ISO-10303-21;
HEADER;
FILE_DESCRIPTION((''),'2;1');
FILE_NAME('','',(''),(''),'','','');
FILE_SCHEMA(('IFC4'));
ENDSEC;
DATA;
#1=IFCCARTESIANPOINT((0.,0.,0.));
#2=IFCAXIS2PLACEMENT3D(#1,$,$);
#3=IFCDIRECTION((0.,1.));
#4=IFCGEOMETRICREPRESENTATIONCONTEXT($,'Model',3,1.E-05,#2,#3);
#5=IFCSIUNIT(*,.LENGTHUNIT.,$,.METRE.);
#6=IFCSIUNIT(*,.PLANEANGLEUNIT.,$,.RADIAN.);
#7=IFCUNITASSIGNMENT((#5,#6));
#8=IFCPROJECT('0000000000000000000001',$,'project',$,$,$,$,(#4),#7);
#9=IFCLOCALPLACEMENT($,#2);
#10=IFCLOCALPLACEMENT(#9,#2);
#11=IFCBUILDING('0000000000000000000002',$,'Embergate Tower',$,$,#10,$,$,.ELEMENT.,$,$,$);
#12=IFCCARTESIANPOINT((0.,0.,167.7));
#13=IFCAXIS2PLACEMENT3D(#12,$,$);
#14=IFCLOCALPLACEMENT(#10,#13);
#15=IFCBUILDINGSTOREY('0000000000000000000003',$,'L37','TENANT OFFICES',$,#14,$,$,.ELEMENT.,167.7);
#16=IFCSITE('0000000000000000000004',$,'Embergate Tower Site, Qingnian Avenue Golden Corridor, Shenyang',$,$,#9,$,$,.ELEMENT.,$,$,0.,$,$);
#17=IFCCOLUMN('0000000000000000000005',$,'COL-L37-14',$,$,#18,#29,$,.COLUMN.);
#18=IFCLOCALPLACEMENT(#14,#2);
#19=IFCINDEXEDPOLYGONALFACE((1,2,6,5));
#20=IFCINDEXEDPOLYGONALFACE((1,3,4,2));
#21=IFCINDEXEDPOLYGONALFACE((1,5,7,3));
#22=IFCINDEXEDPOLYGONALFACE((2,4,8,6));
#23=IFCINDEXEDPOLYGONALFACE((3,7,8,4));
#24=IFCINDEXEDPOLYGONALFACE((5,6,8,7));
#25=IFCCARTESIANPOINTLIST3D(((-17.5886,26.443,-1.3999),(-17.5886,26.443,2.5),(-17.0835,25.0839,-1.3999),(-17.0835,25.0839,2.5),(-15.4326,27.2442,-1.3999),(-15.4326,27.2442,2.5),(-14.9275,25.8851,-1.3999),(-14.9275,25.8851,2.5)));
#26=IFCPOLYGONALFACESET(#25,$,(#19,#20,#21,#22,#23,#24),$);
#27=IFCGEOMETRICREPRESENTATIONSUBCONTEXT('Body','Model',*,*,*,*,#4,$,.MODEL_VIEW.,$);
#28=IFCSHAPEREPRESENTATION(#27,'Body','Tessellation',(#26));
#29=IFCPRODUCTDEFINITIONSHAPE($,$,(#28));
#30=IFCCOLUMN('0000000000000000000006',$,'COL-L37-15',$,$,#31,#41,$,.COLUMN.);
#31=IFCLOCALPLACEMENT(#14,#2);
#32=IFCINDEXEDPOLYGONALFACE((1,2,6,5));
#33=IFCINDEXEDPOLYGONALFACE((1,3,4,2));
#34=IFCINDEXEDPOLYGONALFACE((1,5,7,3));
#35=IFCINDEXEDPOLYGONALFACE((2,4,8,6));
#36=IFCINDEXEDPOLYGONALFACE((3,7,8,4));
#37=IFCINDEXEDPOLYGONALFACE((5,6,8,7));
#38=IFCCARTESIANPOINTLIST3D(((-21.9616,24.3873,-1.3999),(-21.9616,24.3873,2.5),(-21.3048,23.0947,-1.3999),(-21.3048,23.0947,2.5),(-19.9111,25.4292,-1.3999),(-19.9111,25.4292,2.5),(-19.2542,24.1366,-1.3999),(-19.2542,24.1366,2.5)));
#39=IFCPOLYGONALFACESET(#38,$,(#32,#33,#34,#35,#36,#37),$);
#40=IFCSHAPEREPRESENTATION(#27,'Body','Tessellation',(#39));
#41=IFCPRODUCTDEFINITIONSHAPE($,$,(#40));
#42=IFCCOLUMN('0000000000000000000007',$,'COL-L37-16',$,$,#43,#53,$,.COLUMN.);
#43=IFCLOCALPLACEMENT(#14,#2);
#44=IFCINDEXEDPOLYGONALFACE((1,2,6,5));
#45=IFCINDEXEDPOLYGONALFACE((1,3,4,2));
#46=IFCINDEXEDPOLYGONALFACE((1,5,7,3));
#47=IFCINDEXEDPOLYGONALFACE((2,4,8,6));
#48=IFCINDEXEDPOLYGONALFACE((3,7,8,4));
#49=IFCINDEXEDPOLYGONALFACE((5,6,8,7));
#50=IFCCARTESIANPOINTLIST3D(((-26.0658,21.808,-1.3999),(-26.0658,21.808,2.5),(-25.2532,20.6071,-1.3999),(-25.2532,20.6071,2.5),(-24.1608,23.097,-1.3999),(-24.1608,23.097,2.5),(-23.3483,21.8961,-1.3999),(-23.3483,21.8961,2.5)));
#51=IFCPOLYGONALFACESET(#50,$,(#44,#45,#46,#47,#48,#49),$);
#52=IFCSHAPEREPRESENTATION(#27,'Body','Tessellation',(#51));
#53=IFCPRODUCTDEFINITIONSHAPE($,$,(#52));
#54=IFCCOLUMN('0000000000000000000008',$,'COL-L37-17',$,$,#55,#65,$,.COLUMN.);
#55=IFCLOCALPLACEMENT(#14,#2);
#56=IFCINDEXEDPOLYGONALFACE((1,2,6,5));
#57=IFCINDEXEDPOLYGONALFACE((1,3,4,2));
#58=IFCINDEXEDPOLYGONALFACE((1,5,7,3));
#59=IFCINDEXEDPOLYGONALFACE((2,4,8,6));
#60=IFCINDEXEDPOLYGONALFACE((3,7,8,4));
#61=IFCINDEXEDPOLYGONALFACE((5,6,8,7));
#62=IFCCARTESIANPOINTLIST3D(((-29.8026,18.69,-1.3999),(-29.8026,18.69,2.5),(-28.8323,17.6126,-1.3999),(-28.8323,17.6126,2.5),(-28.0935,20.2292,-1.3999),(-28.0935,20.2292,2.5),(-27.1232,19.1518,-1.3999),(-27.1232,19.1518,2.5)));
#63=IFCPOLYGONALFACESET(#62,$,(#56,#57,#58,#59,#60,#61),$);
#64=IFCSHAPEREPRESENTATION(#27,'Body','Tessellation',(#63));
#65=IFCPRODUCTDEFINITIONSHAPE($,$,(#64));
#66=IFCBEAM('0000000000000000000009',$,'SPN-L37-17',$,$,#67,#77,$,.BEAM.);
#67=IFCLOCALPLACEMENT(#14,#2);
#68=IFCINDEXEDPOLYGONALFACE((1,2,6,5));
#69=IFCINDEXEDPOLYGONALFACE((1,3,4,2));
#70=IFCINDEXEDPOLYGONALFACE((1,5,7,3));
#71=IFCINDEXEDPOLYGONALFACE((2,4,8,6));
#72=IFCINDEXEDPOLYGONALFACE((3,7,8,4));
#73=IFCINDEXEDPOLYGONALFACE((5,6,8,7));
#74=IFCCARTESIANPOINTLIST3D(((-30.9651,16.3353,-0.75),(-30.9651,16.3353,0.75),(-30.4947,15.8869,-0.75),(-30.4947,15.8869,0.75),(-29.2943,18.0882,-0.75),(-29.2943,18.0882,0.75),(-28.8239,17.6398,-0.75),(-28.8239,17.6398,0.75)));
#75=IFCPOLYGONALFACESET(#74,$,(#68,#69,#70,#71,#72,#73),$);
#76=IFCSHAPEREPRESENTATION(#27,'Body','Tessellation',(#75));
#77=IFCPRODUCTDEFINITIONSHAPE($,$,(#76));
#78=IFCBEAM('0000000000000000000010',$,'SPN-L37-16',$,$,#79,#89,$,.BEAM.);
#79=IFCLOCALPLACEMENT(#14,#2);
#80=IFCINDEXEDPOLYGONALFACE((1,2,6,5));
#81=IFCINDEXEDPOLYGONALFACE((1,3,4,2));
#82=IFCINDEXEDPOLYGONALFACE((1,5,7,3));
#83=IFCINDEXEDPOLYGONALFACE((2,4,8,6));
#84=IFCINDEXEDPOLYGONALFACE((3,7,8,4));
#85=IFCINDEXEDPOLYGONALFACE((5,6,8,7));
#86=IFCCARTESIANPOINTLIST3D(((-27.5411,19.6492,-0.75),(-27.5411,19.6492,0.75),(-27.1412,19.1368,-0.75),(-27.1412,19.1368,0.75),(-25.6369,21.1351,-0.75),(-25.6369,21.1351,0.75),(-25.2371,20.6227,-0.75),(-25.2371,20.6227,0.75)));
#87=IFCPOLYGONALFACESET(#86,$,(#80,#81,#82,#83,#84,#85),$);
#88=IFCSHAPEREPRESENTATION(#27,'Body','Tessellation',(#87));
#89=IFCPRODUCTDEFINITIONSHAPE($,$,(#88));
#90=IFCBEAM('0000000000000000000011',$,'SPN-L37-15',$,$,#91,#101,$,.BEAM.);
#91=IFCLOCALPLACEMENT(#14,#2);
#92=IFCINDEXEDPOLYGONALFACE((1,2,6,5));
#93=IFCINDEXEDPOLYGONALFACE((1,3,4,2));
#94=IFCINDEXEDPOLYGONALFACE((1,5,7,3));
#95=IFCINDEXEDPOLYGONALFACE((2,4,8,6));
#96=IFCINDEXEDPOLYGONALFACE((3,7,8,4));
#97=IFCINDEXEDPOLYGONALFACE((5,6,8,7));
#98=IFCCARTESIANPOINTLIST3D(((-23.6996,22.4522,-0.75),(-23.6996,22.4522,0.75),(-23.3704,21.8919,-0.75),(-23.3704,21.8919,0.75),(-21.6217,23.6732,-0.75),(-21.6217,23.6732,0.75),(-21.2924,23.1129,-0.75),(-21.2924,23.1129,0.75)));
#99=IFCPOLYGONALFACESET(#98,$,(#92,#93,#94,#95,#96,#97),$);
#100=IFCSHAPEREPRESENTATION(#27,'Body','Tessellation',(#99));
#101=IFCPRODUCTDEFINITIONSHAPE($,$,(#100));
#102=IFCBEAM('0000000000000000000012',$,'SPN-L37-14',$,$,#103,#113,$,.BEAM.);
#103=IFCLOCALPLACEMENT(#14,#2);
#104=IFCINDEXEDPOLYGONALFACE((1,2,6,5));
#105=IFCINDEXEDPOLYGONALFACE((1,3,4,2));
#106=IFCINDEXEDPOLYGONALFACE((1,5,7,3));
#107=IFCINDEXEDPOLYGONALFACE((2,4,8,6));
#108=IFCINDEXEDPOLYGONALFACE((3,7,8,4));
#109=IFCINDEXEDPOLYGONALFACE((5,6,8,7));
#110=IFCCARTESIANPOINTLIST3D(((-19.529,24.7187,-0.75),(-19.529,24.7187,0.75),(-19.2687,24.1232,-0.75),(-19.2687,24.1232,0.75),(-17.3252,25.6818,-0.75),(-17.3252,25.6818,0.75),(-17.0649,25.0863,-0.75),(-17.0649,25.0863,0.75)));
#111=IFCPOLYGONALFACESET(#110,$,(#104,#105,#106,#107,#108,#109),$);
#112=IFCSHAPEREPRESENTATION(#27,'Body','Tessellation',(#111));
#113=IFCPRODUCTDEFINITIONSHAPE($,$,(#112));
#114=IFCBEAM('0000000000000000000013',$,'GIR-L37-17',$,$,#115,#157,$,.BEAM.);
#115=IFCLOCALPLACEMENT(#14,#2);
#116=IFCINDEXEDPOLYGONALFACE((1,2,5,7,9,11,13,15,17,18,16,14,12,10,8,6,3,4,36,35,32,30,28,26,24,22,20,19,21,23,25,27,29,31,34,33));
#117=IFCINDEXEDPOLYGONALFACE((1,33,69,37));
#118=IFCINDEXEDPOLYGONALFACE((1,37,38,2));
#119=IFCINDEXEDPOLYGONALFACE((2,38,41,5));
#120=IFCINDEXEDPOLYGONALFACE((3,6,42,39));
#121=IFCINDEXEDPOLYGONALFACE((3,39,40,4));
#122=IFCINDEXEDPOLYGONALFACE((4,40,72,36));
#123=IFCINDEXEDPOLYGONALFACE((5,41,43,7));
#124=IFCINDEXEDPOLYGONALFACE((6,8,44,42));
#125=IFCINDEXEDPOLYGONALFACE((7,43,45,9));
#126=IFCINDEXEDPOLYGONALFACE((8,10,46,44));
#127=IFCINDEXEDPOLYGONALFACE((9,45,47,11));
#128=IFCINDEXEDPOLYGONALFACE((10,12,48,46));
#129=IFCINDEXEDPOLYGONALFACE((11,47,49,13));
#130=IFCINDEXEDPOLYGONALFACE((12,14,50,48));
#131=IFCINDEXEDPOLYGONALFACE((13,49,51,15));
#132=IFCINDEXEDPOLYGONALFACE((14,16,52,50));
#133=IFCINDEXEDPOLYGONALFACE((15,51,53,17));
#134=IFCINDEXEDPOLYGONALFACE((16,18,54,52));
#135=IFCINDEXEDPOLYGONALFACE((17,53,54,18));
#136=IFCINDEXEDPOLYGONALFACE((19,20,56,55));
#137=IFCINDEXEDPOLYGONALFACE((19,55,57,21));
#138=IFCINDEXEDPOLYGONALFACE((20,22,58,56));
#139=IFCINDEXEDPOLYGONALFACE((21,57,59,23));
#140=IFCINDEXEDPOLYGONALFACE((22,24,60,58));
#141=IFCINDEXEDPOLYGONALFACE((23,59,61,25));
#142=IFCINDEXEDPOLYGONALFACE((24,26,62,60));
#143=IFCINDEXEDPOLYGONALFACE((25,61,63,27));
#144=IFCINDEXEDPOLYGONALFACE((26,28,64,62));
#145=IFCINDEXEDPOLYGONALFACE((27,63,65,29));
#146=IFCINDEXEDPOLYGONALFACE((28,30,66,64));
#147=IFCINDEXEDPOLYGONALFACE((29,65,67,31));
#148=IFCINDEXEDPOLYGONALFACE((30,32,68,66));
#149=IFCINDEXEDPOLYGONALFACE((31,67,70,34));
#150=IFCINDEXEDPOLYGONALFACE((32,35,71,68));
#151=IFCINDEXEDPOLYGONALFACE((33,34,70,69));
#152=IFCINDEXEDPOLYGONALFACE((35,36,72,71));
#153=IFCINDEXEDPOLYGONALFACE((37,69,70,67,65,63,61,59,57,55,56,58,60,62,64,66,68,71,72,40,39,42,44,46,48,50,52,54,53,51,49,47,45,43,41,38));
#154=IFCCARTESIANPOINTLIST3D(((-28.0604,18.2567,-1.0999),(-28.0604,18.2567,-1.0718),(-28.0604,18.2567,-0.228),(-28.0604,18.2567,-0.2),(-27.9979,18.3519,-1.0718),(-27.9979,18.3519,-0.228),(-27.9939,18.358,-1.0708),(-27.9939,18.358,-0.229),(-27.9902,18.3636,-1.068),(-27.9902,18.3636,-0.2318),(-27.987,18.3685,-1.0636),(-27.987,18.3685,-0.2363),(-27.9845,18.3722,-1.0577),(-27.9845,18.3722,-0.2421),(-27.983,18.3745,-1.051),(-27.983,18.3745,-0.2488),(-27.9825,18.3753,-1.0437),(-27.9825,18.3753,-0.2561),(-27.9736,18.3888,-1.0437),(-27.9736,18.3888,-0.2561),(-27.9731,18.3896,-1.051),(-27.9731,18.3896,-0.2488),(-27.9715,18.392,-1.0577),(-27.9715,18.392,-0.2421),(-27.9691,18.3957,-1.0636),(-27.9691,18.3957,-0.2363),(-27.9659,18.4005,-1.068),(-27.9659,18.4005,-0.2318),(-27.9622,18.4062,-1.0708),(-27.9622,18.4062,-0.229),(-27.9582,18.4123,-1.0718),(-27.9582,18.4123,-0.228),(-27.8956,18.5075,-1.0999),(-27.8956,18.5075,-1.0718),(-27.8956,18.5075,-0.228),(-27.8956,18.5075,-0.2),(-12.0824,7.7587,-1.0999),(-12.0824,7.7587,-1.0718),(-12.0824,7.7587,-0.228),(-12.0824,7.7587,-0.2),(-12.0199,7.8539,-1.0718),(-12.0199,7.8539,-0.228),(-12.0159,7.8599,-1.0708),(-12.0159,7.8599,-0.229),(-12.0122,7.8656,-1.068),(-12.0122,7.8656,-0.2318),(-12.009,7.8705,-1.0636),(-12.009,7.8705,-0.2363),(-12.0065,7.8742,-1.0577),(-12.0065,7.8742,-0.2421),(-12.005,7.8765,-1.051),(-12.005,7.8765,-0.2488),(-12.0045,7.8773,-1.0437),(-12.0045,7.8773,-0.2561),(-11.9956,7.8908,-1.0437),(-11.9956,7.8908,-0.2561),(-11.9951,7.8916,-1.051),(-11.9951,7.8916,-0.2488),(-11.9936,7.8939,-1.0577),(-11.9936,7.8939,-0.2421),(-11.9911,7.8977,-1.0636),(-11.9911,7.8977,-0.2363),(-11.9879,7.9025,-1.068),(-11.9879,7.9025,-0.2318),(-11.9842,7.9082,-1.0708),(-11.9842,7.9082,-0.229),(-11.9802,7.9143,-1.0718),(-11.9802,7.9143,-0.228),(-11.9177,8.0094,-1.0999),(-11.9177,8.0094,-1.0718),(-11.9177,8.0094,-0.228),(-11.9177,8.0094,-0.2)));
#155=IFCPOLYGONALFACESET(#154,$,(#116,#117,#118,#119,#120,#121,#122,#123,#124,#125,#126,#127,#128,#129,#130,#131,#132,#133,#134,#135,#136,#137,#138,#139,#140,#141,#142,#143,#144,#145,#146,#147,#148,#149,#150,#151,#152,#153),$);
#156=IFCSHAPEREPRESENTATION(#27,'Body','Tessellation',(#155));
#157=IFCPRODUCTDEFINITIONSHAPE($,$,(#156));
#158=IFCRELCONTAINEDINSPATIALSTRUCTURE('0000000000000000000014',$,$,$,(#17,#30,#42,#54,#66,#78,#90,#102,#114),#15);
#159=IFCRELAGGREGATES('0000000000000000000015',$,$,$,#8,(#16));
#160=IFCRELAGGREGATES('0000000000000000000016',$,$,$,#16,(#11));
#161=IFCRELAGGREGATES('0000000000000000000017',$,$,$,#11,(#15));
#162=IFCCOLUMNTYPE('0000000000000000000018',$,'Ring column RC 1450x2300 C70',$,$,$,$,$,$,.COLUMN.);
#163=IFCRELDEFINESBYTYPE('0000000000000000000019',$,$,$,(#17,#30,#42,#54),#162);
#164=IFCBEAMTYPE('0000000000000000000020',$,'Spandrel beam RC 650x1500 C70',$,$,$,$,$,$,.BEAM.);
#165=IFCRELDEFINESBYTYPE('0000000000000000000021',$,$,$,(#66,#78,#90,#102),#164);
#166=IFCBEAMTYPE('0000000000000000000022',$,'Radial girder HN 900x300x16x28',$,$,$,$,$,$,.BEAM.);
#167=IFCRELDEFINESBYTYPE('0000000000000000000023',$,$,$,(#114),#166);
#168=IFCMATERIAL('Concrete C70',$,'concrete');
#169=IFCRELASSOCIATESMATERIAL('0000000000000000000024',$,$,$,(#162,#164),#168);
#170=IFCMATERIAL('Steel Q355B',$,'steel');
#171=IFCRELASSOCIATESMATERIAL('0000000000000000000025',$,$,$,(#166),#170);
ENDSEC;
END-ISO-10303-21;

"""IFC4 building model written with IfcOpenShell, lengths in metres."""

from ifc_helpers import new_model, si_unit, direction, frame, origin, origin_2d, place, context, subcontext, project, spatial, rectangle, i_section, extrude, source, transform, mapped, material, material_profile, profile_set, type_object, element, save


model = new_model("IFC4")

# Units and contexts
model_context = context("Model", 3, precision=1e-05, world=origin(), true_north=direction((0.0, 1.0)))
body_context = subcontext(model_context, "Body", "Model", "MODEL_VIEW")
ifc_project = project(units=[si_unit("LENGTHUNIT", "METRE"), si_unit("PLANEANGLEUNIT", "RADIAN")], contexts=[model_context])

# Site, building, storey
site_placement = place(None, origin())
site = spatial("IfcSite", under=ifc_project, at=site_placement, Name="Embergate Tower Site, Qingnian Avenue Golden Corridor, Shenyang", CompositionType="ELEMENT", RefElevation=0.0)
building_placement = place(site_placement, origin())
building = spatial("IfcBuilding", under=site, at=building_placement, Name="Embergate Tower", CompositionType="ELEMENT")
storey_placement = place(building_placement, frame((0.0, 0.0, 167.7)))
storey = spatial("IfcBuildingStorey", under=building, at=storey_placement, Name="L37", Description="TENANT OFFICES", CompositionType="ELEMENT", Elevation=167.7)

# Columns
ifc_material_1 = material(Name="Concrete C70", Category="concrete")
ifc_material_profile_1 = material_profile(ifc_material_1, rectangle(XDim=1.45, YDim=2.3, at=origin_2d()), Name="RC 1450x2300")
ifc_profile_set_1 = profile_set([ifc_material_profile_1], Name="Concrete C70")
column_type = type_object("IfcColumnType", Name="Ring column RC 1450x2300 C70", PredefinedType="COLUMN", material=ifc_profile_set_1)
shared_shape_1 = source(origin(), body_context, "Body", "SweptSolid", [
    extrude(rectangle(XDim=1.45, YDim=2.3, at=origin_2d()), origin(), (0.0, 0.0, 1.0), 3.8999),
])
for number, where, z_axis, x_axis, name in (
    (1, (-16.2581, 26.1641, -1.3999), (0.0, 0.0, 1.0), (-0.348343, 0.937367, 0.0), "COL-L37-14"),
    (2, (-20.6079, 24.262, -1.3999), (0.0, 0.0, 1.0), (-0.452995, 0.891513, 0.0), "COL-L37-15"),
    (3, (-24.707, 21.8521, -1.3999), (0.0, 0.0, 1.0), (-0.560393, 0.828227, 0.0), "COL-L37-16"),
    (4, (-28.4629, 18.9209, -1.3999), (0.0, 0.0, 1.0), (-0.669208, 0.743075, 0.0), "COL-L37-17"),
):
    element("IfcColumn", number, at=place(storey_placement, frame(where, z_axis=z_axis, x_axis=x_axis)), inside=storey, type_object=column_type, Name=name, PredefinedType="COLUMN", context=body_context, shape_type="MappedRepresentation", body=[
        mapped(shared_shape_1, transform((0.0, 0.0, 0.0))),
    ])

# Beams
ifc_material_profile_2 = material_profile(ifc_material_1, rectangle(XDim=0.6499, YDim=1.5, at=origin_2d()), Name="RC 650x1500")
ifc_profile_set_2 = profile_set([ifc_material_profile_2], Name="Concrete C70")
beam_type_1 = type_object("IfcBeamType", Name="Spandrel beam RC 650x1500 C70", PredefinedType="BEAM", material=ifc_profile_set_2)
shared_shape_2 = source(origin(), body_context, "Body", "SweptSolid", [
    extrude(rectangle(XDim=0.6499, YDim=1.5, at=origin_2d()), origin(), (0.0, 0.0, 1.0), 2.4216),
])
beam_1_placement = place(storey_placement, frame((-29.0591, 17.864, 0.0), z_axis=(-0.689967, -0.723841, 0.0), x_axis=(0.723841, -0.689967, 0.0)))
element("IfcBeam", 5, at=beam_1_placement, inside=storey, type_object=beam_type_1, Name="SPN-L37-17", PredefinedType="BEAM", context=body_context, shape_type="MappedRepresentation", body=[
    mapped(shared_shape_2, transform((0.0, 0.0, 0.0))),
])
shared_shape_3 = source(origin(), body_context, "Body", "SweptSolid", [
    extrude(rectangle(XDim=0.6499, YDim=1.5, at=origin_2d()), origin(), (0.0, 0.0, 1.0), 2.4153),
])
beam_2_placement = place(storey_placement, frame((-25.437, 20.8789, 0.0), z_axis=(-0.788366, -0.615207, 0.0), x_axis=(0.615207, -0.788366, 0.0)))
element("IfcBeam", 6, at=beam_2_placement, inside=storey, type_object=beam_type_1, Name="SPN-L37-16", PredefinedType="BEAM", context=body_context, shape_type="MappedRepresentation", body=[
    mapped(shared_shape_3, transform((0.0, 0.0, 0.0))),
])
shared_shape_4 = source(origin(), body_context, "Body", "SweptSolid", [
    extrude(rectangle(XDim=0.6499, YDim=1.5, at=origin_2d()), origin(), (0.0, 0.0, 1.0), 2.4102),
])
beam_3_placement = place(storey_placement, frame((-21.457, 23.3931, 0.0), z_axis=(-0.862176, -0.506608, 0.0), x_axis=(0.506608, -0.862176, 0.0)))
element("IfcBeam", 7, at=beam_3_placement, inside=storey, type_object=beam_type_1, Name="SPN-L37-15", PredefinedType="BEAM", context=body_context, shape_type="MappedRepresentation", body=[
    mapped(shared_shape_4, transform((0.0, 0.0, 0.0))),
])
shared_shape_5 = source(origin(), body_context, "Body", "SweptSolid", [
    extrude(rectangle(XDim=0.6499, YDim=1.5, at=origin_2d()), origin(), (0.0, 0.0, 1.0), 2.405),
])
beam_4_placement = place(storey_placement, frame((-17.1951, 25.384, 0.0), z_axis=(-0.916318, -0.400451, 0.0), x_axis=(0.400451, -0.916318, 0.0)))
element("IfcBeam", 8, at=beam_4_placement, inside=storey, type_object=beam_type_1, Name="SPN-L37-14", PredefinedType="BEAM", context=body_context, shape_type="MappedRepresentation", body=[
    mapped(shared_shape_5, transform((0.0, 0.0, 0.0))),
])
ifc_material_2 = material(Name="Steel Q355B", Category="steel")
ifc_material_profile_3 = material_profile(ifc_material_2, i_section(OverallWidth=0.3, OverallDepth=0.8999, WebThickness=0.0161, FlangeThickness=0.0281, FilletRadius=0.0281, at=origin_2d()), Name="HN 900x300x16x28")
ifc_profile_set_3 = profile_set([ifc_material_profile_3], Name="Steel Q355 grade B")
beam_type_2 = type_object("IfcBeamType", Name="Radial girder HN 900x300x16x28", PredefinedType="BEAM", material=ifc_profile_set_3)
shared_shape_6 = source(origin(), body_context, "Body", "SweptSolid", [
    extrude(i_section(OverallWidth=0.3, OverallDepth=0.8999, WebThickness=0.0161, FlangeThickness=0.0281, FilletRadius=0.0281, at=origin_2d()), origin(), (0.0, 0.0, 1.0), 19.1182),
])
beam_5_placement = place(storey_placement, frame((-27.978, 18.3821, -0.6499), z_axis=(0.835749, -0.549112, 0.0), x_axis=(0.549112, 0.835749, 0.0)))
element("IfcBeam", 9, at=beam_5_placement, inside=storey, type_object=beam_type_2, Name="GIR-L37-17", PredefinedType="BEAM", context=body_context, shape_type="MappedRepresentation", body=[
    mapped(shared_shape_6, transform((0.0, 0.0, 0.0))),
])

save(model, "model.ifc")
